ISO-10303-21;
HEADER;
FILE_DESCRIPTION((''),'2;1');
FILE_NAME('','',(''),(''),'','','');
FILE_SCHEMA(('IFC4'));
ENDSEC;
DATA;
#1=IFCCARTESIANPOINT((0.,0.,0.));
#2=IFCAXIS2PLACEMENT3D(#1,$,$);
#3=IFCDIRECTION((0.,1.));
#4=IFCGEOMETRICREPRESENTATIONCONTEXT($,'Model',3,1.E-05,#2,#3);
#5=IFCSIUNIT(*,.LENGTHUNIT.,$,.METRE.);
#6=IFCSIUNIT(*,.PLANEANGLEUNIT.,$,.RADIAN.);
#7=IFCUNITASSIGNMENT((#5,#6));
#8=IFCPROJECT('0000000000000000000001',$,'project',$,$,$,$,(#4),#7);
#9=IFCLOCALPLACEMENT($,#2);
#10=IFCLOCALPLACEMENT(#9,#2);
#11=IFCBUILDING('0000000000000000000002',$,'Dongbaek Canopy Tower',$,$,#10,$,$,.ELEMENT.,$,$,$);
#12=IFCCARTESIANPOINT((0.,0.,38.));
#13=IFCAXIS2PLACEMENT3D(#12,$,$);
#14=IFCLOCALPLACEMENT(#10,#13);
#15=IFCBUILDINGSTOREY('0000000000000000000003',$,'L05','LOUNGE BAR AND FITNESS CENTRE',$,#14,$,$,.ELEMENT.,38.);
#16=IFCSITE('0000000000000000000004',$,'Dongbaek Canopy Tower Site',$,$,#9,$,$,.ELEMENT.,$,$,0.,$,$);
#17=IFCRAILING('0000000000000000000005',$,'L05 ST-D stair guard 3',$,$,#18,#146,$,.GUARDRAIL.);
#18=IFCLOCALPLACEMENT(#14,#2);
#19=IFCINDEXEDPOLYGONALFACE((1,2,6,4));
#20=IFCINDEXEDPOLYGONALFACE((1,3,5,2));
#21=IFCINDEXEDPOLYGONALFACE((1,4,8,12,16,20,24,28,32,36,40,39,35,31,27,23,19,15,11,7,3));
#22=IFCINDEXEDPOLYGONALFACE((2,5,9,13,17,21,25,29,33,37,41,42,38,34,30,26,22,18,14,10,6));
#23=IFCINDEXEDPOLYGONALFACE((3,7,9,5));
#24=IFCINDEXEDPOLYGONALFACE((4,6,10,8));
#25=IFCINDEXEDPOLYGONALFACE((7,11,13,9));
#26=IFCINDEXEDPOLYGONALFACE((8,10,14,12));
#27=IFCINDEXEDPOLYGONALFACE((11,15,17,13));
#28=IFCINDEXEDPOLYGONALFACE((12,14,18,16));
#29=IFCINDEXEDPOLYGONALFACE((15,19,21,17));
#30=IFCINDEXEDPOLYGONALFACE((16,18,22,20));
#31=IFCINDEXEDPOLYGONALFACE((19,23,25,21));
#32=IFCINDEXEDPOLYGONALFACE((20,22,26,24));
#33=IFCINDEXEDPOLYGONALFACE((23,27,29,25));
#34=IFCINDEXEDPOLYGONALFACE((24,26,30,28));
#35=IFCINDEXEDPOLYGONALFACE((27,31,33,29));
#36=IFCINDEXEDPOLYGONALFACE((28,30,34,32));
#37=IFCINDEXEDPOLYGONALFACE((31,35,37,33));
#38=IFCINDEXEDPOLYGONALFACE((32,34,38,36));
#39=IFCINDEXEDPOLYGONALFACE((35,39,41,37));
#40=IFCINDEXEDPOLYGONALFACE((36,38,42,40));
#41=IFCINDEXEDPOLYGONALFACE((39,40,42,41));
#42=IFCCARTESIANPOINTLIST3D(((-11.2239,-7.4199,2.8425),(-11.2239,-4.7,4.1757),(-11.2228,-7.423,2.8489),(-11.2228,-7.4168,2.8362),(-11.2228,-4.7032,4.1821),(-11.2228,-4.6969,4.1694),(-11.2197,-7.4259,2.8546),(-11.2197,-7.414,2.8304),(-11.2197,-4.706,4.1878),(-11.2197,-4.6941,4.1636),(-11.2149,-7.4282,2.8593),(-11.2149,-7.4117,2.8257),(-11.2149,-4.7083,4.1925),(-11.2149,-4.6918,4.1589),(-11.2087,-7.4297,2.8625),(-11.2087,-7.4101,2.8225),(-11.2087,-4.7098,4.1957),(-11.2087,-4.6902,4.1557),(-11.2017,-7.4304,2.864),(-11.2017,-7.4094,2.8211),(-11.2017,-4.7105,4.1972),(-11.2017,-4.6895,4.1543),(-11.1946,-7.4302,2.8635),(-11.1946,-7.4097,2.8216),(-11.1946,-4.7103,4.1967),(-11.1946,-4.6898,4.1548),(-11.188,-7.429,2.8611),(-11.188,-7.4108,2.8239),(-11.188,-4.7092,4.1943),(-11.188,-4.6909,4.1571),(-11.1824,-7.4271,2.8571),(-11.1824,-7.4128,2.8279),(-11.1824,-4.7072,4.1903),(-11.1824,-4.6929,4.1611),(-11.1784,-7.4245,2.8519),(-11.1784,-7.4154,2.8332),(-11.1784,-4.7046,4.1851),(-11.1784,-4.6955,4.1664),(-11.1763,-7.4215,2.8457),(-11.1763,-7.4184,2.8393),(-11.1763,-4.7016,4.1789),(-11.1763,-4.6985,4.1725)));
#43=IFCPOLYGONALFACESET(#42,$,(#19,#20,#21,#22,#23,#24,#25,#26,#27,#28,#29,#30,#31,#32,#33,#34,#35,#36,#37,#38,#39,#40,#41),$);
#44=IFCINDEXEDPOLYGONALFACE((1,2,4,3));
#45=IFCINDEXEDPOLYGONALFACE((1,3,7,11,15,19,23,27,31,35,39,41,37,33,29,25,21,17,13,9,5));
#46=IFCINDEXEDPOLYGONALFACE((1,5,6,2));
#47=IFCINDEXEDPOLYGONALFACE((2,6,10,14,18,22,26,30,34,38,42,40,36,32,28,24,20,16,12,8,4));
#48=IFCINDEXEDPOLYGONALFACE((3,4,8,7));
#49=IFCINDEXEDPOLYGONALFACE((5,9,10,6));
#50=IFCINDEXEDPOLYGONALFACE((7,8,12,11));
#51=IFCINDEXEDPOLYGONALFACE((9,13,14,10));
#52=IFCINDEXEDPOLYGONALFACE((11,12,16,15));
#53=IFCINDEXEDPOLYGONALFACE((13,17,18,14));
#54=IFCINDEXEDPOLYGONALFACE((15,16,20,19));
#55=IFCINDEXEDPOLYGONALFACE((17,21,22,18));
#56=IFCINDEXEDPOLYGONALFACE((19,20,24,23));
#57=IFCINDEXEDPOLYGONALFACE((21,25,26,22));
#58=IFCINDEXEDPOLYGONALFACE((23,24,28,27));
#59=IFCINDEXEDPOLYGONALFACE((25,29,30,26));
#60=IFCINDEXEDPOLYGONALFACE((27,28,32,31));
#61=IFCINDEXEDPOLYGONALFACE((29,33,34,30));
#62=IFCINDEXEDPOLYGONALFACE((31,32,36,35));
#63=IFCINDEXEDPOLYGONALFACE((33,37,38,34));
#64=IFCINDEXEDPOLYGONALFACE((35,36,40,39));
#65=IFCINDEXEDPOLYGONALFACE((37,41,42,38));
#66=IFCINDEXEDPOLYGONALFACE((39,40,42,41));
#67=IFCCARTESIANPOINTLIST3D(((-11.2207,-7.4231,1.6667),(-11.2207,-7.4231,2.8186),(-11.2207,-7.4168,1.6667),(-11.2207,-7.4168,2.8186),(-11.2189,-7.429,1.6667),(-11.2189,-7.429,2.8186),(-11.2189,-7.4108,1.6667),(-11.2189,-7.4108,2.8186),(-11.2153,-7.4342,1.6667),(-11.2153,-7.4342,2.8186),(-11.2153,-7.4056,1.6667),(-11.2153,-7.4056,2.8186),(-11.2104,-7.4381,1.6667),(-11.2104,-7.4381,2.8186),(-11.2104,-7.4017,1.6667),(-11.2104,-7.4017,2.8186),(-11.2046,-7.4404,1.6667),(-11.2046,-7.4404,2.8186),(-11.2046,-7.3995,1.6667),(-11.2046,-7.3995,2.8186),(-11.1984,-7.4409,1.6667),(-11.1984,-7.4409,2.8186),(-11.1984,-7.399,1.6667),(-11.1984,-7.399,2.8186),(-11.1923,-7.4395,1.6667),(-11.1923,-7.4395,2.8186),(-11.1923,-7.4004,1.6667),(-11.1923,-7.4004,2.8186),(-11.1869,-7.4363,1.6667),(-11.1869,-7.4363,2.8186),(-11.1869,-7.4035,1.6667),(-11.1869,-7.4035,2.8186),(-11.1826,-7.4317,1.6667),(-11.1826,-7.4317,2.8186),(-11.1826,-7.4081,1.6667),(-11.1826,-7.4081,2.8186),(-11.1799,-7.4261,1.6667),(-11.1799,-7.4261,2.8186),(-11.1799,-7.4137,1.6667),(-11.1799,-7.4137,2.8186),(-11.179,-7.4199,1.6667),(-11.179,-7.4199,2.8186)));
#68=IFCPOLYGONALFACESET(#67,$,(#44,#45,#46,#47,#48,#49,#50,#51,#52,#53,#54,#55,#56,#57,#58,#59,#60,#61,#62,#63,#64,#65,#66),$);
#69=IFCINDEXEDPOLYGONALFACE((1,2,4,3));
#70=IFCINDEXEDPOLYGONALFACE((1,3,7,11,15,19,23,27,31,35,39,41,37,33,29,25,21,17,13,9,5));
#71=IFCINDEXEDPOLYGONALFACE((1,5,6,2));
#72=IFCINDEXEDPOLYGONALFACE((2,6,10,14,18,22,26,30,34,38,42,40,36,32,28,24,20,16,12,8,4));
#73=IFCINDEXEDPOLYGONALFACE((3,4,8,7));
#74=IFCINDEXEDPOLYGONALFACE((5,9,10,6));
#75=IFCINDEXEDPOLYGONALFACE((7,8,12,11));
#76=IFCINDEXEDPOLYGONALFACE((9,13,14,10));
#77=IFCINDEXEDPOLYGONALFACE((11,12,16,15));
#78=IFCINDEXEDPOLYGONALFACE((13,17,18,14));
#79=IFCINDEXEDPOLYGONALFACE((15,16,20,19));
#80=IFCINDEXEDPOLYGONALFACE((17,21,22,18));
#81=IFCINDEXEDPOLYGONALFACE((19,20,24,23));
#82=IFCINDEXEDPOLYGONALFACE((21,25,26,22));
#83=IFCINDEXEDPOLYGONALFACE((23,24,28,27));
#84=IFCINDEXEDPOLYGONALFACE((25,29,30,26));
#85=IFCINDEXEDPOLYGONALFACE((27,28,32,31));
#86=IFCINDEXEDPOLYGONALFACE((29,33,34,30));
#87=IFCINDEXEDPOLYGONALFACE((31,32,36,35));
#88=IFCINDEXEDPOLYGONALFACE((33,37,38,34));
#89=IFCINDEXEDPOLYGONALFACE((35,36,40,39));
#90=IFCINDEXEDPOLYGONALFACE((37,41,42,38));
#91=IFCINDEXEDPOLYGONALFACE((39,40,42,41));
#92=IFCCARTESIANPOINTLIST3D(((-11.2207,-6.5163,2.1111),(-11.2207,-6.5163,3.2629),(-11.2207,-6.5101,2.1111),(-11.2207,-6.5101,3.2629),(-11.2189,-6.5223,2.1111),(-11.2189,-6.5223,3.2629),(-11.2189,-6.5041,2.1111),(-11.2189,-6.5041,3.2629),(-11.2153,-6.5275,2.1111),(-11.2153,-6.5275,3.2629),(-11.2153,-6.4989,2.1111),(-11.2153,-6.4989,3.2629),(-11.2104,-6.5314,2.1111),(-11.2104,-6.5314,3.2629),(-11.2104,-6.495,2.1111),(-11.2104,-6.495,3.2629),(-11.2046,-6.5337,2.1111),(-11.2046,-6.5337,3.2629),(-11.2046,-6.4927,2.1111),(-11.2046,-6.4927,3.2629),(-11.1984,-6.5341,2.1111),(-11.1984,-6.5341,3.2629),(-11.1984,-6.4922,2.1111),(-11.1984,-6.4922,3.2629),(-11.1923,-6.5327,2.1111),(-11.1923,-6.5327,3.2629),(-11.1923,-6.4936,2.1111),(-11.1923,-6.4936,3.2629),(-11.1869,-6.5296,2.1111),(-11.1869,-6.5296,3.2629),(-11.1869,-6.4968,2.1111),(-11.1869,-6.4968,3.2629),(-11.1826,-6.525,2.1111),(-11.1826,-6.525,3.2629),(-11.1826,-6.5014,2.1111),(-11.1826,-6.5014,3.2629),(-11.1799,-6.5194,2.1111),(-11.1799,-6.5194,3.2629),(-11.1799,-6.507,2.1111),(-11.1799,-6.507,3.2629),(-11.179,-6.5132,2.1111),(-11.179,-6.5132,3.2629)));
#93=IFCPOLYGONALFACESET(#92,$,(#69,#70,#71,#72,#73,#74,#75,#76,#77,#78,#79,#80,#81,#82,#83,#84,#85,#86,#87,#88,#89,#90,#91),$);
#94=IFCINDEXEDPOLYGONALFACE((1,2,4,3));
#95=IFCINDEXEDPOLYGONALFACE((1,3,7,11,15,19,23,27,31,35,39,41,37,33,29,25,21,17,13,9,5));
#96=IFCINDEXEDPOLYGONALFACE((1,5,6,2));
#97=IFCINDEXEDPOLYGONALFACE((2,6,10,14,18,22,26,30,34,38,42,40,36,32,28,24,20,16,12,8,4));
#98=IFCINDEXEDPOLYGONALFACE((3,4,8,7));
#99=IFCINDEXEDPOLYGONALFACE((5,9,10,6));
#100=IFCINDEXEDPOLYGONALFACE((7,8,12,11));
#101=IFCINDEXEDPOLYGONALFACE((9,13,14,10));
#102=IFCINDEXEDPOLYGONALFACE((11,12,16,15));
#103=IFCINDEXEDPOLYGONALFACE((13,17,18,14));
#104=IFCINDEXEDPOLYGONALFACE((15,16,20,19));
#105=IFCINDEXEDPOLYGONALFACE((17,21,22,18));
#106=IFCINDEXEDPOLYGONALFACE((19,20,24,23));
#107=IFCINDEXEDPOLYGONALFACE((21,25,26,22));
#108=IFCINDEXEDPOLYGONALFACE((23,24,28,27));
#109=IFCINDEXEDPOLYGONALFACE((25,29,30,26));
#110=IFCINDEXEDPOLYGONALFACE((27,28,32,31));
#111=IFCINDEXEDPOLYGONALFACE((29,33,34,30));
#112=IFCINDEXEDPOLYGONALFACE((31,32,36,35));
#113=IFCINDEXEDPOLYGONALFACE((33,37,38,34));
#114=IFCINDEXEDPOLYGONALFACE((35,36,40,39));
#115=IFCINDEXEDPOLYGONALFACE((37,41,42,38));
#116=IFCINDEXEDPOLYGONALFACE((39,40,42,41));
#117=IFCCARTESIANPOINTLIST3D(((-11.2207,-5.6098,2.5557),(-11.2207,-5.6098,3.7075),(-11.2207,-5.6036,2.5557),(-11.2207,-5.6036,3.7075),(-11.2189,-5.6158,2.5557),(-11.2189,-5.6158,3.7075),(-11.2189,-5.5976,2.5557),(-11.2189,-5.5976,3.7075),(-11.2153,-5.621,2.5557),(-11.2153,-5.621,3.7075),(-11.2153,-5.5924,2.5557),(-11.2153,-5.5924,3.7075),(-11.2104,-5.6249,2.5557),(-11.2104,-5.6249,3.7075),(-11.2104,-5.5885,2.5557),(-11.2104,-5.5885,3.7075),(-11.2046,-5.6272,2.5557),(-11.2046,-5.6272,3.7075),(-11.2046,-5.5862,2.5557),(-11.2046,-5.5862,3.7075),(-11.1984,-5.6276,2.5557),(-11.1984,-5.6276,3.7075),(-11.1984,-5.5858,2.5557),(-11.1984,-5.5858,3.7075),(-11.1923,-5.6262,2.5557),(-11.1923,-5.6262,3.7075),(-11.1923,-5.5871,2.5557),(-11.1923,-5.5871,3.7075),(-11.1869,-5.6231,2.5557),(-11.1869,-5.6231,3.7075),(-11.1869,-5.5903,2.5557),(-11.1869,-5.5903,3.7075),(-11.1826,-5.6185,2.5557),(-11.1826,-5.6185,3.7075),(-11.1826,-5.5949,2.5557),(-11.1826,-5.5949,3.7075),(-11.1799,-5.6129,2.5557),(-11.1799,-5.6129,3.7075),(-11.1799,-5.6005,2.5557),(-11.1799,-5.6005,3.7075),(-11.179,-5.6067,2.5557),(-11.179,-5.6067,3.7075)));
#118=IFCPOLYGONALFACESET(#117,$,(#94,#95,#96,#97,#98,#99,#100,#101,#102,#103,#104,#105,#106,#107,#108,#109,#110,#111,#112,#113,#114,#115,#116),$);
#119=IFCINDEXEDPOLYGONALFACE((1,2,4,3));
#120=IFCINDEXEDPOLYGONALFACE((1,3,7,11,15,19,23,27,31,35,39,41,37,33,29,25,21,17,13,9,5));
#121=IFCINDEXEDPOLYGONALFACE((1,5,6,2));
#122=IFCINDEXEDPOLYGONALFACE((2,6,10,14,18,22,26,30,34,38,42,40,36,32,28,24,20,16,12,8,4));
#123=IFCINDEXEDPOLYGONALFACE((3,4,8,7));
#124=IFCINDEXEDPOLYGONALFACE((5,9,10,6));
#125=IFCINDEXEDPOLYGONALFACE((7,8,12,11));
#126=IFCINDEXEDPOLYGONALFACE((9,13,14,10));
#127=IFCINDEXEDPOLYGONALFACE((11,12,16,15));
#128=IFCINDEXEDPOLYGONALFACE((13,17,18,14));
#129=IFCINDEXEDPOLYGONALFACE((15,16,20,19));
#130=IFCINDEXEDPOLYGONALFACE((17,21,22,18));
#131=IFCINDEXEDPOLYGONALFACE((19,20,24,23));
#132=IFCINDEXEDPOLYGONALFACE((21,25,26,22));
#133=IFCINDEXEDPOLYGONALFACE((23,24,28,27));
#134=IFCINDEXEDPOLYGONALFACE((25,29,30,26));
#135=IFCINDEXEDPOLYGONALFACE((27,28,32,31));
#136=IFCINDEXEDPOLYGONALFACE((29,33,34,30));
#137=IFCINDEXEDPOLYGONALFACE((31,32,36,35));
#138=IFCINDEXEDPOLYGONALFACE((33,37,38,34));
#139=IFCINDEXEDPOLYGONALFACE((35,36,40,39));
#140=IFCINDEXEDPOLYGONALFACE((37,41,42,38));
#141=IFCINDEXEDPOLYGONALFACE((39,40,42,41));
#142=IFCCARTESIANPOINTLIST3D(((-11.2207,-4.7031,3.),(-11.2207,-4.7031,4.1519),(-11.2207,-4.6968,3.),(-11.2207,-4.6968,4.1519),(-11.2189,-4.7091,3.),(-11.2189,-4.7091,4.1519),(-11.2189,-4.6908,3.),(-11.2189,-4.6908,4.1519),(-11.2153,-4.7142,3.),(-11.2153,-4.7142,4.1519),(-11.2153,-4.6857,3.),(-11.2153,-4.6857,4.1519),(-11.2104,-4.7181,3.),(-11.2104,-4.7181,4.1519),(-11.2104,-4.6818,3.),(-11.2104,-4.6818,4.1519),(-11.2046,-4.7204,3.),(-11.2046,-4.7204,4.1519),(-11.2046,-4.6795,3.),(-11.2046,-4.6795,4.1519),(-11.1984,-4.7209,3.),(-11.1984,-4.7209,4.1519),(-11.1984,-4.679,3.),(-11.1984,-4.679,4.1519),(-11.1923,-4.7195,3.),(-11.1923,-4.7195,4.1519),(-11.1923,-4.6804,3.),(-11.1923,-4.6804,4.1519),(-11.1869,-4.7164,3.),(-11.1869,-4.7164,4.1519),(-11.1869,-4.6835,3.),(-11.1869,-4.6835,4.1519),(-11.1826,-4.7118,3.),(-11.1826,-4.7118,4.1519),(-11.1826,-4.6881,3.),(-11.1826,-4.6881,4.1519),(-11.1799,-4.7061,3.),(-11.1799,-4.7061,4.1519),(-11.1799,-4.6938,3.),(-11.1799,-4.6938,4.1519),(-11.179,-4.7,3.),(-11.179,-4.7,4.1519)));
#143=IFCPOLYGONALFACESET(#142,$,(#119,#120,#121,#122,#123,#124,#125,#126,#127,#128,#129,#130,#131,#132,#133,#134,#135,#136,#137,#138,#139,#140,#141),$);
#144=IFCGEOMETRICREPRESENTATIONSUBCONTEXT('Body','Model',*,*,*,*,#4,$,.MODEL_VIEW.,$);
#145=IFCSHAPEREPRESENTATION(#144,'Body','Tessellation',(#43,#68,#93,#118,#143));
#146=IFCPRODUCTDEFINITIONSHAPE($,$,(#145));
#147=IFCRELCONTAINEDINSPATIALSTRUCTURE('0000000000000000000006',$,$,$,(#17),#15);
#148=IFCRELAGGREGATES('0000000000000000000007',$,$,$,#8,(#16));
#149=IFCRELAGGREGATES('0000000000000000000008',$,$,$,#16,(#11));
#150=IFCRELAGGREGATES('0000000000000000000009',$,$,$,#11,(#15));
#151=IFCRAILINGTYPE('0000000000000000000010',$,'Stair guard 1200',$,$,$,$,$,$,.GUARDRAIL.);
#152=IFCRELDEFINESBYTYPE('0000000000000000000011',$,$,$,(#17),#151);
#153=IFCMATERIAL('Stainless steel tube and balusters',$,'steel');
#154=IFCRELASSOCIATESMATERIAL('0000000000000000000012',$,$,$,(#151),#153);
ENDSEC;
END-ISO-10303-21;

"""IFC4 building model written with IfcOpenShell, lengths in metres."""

from ifc_helpers import new_model, si_unit, direction, frame, origin, origin_2d, place, context, subcontext, project, spatial, circle, extrude, material, type_object, element, save


model = new_model("IFC4")

# Units and contexts
model_context = context("Model", 3, precision=1e-05, world=origin(), true_north=direction((0.0, 1.0)))
body_context = subcontext(model_context, "Body", "Model", "MODEL_VIEW")
ifc_project = project(units=[si_unit("LENGTHUNIT", "METRE"), si_unit("PLANEANGLEUNIT", "RADIAN")], contexts=[model_context])

# Site, building, storey
site_placement = place(None, origin())
site = spatial("IfcSite", under=ifc_project, at=site_placement, Name="Dongbaek Canopy Tower Site", CompositionType="ELEMENT", RefElevation=0.0)
building_placement = place(site_placement, origin())
building = spatial("IfcBuilding", under=site, at=building_placement, Name="Dongbaek Canopy Tower", CompositionType="ELEMENT")
storey_placement = place(building_placement, frame((0.0, 0.0, 38.0)))
storey = spatial("IfcBuildingStorey", under=building, at=storey_placement, Name="L05", Description="LOUNGE BAR AND FITNESS CENTRE", CompositionType="ELEMENT", Elevation=38.0)

# Railing
ifc_material_1 = material(Name="Stainless steel tube and balusters", Category="steel")
railing_type_1 = type_object("IfcRailingType", Name="Stair guard 1200", PredefinedType="GUARDRAIL", material=ifc_material_1)
railing_1_placement = place(storey_placement, frame((-11.2, -7.4199, 1.6667)))
element("IfcRailing", 1, at=railing_1_placement, inside=storey, type_object=railing_type_1, Name="L05 ST-D stair guard 3", PredefinedType="GUARDRAIL", context=body_context, shape_type="SweptSolid", body=[
    extrude(circle(Radius=0.0239, at=origin_2d()), frame((0.0, 0.0, 1.1758), z_axis=(0.0, 0.897929, 0.440139), x_axis=(-1.0, 0.0, 0.0)), (0.0, 0.0, 1.0), 3.0291),
    extrude(circle(Radius=0.021, at=origin_2d()), origin(), (0.0, 0.0, 1.0), 1.1519),
    extrude(circle(Radius=0.021, at=origin_2d()), frame((0.0, 0.9067, 0.4443)), (0.0, 0.0, 1.0), 1.1519),
    extrude(circle(Radius=0.021, at=origin_2d()), frame((0.0, 1.8132, 0.8889)), (0.0, 0.0, 1.0), 1.1519),
    extrude(circle(Radius=0.021, at=origin_2d()), frame((0.0, 2.72, 1.3333)), (0.0, 0.0, 1.0), 1.1519),
])

save(model, "model.ifc")
